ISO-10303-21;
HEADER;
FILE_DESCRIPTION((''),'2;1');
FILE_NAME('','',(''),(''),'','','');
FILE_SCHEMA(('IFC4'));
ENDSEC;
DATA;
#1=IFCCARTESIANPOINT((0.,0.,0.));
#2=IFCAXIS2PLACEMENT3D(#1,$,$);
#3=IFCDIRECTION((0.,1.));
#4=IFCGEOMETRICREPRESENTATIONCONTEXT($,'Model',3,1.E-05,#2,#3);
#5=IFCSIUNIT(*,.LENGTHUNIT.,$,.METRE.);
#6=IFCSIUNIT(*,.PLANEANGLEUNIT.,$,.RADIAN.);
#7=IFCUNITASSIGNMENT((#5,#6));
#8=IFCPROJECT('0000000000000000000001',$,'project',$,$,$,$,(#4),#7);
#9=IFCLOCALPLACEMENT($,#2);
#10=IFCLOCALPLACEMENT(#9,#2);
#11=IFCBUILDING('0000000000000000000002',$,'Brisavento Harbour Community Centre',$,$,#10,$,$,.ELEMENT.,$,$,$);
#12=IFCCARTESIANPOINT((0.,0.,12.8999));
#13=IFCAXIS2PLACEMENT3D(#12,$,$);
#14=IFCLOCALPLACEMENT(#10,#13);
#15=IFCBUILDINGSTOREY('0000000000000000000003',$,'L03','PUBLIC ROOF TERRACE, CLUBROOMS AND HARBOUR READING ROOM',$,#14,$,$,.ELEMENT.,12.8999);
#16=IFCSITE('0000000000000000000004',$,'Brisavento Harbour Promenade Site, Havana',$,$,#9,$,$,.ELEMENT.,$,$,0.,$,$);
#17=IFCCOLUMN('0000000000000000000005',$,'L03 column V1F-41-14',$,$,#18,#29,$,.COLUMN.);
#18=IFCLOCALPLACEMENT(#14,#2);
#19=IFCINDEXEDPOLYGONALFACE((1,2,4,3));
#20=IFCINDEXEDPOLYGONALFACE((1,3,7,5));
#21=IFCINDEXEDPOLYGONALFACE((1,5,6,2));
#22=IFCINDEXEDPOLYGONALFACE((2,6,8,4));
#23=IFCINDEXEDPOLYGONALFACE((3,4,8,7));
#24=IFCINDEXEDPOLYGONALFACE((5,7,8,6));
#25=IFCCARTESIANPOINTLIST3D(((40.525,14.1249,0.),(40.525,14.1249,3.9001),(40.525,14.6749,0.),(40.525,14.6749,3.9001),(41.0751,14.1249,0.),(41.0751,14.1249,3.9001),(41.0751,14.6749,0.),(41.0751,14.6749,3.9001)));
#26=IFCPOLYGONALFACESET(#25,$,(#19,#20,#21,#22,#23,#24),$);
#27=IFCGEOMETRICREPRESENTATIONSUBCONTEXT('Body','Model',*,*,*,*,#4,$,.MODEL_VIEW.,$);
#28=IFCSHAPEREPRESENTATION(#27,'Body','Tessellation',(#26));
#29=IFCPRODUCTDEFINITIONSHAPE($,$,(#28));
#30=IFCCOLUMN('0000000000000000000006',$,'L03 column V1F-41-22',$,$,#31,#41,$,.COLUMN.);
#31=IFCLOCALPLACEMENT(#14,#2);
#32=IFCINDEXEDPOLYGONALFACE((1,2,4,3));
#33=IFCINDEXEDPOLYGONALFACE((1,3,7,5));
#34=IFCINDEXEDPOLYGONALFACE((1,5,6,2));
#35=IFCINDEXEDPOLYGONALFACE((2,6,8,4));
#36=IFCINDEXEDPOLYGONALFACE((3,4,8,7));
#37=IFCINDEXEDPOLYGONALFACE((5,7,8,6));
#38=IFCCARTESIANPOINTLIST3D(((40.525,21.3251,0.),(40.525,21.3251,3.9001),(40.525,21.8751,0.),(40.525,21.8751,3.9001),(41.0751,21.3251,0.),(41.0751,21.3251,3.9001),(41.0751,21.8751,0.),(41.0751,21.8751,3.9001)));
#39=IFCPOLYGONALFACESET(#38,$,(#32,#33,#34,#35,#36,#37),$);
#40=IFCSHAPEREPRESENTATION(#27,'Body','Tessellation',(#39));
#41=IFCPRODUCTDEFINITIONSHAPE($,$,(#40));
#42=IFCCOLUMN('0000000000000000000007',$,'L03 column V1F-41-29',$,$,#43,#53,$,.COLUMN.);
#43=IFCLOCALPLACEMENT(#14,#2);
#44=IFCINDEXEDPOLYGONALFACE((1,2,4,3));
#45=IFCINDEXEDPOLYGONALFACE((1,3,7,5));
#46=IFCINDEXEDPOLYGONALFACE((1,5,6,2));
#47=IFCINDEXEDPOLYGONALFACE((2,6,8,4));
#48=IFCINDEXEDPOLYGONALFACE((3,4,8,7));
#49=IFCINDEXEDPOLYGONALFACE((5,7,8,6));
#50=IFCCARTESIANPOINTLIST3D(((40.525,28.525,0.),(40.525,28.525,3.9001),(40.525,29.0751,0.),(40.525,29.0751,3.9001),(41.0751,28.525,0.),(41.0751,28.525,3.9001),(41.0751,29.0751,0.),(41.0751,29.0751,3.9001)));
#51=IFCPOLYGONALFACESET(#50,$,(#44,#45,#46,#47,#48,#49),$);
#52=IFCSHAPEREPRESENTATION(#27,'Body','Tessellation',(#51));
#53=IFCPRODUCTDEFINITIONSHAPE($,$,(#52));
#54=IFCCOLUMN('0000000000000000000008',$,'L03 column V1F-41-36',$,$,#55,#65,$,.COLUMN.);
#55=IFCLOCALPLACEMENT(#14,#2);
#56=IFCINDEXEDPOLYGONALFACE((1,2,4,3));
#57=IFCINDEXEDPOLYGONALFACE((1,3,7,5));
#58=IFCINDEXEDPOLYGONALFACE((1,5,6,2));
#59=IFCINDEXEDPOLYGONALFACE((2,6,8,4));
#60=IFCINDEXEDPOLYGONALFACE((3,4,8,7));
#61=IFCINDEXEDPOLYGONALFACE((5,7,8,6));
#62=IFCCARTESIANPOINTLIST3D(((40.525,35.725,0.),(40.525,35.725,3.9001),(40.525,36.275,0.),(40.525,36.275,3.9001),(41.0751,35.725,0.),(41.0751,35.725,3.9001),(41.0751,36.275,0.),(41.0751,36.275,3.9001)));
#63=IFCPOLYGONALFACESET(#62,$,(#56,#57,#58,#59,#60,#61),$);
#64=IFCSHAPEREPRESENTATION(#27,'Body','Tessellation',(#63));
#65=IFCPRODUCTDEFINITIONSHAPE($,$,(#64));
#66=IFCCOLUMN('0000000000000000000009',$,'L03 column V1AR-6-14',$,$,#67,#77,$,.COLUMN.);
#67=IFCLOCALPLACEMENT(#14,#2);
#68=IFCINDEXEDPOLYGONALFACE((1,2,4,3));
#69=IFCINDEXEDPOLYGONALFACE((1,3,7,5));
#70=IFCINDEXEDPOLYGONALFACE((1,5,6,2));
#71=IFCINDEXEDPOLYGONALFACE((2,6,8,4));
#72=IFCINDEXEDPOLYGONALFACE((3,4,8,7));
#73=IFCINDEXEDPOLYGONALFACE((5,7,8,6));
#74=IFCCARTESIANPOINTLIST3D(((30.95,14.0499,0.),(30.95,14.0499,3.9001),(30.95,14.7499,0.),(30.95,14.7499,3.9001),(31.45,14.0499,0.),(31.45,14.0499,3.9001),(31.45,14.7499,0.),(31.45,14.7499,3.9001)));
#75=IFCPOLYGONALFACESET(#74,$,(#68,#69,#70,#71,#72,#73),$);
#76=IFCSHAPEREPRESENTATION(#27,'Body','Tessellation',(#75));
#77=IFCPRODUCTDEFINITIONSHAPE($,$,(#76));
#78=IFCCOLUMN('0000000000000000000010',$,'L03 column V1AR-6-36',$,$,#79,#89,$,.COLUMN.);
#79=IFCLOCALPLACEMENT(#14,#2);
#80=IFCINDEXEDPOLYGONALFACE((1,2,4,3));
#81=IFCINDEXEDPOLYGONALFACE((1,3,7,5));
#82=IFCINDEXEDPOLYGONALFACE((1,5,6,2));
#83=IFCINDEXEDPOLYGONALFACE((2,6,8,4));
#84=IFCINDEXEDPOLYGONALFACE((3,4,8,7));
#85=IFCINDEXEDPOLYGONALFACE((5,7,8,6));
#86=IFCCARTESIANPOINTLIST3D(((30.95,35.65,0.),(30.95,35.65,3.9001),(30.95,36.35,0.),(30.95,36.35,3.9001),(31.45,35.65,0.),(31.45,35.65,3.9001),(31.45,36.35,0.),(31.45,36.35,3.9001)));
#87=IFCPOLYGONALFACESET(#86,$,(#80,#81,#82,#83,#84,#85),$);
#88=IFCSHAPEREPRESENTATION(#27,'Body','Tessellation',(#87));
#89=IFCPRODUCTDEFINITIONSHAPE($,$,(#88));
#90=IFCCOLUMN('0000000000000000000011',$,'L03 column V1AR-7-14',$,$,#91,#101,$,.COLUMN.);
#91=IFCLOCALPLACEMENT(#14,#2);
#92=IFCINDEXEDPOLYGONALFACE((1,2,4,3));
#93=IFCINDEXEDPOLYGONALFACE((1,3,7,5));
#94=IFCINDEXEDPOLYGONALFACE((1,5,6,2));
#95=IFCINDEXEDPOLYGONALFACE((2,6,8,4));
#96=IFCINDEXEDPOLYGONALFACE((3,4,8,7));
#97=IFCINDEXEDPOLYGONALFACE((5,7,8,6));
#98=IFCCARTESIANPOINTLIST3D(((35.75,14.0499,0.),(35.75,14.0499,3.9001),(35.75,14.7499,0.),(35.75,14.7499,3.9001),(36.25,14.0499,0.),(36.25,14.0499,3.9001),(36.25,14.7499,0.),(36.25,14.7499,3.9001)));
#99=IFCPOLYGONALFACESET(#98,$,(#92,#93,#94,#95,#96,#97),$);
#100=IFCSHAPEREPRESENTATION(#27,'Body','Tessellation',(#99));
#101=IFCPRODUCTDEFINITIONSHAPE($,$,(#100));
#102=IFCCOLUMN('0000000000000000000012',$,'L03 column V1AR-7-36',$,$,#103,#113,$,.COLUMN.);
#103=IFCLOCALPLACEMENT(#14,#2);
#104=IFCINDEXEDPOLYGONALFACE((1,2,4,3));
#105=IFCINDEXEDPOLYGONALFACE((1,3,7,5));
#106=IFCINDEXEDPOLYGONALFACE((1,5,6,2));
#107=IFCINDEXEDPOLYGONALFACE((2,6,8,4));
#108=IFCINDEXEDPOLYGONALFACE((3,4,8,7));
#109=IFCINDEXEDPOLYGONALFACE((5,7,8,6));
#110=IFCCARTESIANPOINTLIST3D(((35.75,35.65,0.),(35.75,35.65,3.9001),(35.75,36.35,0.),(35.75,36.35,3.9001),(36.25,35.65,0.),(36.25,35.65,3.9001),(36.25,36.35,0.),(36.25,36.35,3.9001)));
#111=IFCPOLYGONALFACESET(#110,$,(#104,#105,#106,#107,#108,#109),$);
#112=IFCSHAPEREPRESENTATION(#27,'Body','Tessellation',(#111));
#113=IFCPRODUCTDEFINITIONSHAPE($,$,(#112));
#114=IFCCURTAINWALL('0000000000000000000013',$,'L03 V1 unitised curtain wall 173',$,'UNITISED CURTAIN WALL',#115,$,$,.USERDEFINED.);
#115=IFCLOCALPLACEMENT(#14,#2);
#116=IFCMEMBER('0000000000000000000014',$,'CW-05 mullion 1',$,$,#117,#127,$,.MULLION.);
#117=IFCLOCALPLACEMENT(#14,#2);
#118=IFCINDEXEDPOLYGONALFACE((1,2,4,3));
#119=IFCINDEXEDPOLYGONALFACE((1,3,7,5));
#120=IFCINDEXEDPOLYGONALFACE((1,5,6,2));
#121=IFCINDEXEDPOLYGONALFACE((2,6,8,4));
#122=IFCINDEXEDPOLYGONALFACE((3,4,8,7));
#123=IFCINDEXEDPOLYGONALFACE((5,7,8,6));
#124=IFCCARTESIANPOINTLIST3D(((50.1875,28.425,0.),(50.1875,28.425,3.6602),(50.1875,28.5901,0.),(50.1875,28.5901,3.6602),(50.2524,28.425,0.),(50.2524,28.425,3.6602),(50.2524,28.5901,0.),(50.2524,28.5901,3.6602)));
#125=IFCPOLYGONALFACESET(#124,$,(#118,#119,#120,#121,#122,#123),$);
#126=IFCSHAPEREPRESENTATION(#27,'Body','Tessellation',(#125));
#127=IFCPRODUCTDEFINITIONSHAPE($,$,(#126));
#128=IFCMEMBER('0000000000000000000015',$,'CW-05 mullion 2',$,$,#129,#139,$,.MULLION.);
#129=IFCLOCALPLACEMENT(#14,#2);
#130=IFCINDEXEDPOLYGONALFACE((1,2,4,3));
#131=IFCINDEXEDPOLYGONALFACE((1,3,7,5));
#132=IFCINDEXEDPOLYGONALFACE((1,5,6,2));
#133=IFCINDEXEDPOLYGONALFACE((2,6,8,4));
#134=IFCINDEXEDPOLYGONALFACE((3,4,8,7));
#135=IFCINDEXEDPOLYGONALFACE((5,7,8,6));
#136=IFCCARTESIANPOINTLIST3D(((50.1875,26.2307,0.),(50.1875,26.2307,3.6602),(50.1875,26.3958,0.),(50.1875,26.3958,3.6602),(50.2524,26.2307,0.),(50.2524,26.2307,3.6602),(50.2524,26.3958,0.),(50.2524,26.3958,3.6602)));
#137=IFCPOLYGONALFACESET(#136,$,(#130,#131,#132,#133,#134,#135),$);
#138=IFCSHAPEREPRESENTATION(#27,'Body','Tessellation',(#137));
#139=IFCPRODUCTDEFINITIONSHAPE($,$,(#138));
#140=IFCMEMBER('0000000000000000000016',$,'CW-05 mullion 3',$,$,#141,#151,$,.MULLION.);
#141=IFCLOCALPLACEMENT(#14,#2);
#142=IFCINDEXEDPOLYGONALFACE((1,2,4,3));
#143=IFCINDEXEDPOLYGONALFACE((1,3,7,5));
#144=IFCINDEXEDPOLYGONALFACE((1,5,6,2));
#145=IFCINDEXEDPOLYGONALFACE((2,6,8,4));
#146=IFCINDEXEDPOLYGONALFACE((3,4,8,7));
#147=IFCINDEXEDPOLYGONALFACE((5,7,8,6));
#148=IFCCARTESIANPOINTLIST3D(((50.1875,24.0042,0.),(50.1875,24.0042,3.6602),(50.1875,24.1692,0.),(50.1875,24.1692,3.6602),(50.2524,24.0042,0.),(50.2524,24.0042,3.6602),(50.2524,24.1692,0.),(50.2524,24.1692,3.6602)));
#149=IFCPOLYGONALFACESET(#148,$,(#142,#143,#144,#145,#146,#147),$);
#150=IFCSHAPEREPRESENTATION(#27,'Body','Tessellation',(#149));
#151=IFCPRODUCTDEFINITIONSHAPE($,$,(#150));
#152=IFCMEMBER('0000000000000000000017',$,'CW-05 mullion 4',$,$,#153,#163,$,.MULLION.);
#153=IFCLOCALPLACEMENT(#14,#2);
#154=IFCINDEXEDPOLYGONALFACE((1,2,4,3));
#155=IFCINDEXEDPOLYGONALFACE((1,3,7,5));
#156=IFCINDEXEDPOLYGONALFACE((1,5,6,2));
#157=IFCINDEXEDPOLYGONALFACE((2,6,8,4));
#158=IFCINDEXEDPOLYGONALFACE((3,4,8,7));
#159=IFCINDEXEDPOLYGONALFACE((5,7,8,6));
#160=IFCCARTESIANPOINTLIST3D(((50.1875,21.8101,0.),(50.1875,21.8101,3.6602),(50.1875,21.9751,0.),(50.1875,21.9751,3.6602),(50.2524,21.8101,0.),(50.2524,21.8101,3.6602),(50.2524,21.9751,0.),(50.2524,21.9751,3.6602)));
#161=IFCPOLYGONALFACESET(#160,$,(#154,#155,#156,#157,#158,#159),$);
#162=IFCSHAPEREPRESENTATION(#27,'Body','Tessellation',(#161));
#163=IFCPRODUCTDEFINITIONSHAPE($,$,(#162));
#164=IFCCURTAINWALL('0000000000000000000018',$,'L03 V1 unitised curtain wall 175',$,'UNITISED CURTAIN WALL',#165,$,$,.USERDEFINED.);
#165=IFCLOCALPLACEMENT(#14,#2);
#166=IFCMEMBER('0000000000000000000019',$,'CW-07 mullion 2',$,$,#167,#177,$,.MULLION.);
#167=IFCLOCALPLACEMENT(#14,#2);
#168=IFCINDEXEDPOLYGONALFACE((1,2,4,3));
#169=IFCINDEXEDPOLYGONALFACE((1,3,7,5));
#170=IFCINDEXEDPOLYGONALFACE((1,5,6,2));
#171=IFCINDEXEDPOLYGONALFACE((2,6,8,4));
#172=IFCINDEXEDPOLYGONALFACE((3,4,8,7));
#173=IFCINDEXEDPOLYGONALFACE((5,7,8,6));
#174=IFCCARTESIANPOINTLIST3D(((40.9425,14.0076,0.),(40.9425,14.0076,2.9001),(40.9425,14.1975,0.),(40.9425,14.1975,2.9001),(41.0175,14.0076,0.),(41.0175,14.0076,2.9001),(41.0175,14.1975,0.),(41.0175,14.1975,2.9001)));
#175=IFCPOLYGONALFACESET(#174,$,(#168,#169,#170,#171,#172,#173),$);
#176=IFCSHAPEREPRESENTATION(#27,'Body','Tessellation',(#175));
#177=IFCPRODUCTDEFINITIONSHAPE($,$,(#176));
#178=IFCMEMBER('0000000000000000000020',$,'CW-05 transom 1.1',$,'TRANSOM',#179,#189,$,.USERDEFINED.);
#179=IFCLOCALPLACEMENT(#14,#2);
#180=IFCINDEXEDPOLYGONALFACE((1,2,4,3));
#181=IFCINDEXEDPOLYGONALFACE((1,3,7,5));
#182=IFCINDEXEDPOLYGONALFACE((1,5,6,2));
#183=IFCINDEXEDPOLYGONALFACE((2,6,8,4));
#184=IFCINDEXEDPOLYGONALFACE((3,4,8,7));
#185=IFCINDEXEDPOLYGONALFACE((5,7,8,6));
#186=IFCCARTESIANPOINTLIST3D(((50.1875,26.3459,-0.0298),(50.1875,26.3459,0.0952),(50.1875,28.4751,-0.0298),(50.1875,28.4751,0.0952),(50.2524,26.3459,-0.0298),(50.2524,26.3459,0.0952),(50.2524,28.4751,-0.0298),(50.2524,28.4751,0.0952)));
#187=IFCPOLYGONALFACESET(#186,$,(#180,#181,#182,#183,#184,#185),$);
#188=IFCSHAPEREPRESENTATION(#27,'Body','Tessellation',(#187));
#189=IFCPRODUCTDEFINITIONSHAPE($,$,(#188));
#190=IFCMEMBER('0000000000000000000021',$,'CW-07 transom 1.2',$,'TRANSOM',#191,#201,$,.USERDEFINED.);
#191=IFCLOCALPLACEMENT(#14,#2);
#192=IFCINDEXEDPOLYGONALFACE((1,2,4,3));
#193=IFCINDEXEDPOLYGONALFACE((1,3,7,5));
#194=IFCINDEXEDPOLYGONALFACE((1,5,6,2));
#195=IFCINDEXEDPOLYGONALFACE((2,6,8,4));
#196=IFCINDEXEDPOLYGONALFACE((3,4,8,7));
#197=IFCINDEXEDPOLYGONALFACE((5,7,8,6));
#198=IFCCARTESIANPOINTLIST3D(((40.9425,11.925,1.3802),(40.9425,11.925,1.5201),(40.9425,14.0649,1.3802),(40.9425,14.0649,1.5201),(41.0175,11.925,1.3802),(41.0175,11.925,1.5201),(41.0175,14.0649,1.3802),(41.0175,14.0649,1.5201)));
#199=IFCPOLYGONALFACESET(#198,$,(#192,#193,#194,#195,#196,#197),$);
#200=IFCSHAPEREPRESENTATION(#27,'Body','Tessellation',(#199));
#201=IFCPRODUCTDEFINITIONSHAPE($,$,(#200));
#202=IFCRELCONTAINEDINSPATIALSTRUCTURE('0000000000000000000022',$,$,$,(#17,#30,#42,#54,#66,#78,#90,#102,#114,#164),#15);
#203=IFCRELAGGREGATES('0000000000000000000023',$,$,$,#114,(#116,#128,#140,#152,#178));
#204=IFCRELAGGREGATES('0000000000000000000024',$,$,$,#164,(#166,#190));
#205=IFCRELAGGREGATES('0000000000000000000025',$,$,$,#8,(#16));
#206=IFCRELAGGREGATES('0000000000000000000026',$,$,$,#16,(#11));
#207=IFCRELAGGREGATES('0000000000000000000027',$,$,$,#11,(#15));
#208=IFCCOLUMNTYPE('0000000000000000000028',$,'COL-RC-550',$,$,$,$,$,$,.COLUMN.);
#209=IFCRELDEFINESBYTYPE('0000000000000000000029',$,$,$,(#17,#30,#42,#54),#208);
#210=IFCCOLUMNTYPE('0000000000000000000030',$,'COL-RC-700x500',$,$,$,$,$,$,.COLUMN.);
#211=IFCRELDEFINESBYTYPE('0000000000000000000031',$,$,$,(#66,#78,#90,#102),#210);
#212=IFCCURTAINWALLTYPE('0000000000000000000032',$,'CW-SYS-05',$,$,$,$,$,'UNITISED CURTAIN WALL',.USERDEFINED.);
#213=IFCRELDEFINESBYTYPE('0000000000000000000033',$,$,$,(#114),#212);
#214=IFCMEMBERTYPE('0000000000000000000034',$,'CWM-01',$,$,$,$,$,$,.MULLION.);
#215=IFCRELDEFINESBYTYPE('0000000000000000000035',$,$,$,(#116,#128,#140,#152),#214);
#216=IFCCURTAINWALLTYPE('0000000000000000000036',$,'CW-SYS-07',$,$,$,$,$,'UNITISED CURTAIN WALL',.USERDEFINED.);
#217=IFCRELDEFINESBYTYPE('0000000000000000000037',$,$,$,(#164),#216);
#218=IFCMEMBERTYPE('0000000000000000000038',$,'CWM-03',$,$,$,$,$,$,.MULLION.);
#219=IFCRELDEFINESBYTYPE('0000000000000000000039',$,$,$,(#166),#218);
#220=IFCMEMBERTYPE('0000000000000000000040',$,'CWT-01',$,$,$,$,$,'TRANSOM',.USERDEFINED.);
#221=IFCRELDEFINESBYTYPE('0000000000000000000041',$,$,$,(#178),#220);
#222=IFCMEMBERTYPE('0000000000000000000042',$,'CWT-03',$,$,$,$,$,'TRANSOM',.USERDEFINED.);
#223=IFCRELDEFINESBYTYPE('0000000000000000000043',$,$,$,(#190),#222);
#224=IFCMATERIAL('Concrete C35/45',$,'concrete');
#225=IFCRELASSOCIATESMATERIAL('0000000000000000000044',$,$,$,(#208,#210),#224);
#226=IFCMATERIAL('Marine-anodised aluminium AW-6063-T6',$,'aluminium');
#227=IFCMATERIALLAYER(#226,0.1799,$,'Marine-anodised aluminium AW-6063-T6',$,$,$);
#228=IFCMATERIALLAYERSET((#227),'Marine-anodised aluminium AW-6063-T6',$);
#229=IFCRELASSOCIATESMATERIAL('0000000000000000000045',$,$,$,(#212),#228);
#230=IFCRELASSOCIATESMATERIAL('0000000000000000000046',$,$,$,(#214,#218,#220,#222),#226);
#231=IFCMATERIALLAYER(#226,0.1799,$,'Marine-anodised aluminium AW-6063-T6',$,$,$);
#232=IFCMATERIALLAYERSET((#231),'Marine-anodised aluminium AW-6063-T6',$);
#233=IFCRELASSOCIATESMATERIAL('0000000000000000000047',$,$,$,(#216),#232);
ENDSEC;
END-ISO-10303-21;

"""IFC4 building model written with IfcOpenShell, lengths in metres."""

from ifc_helpers import new_model, si_unit, direction, frame, origin, origin_2d, place, context, subcontext, project, spatial, rectangle, extrude, material, layer, layer_set, material_profile, profile_set, type_object, element, aggregate, save


model = new_model("IFC4")

# Units and contexts
model_context = context("Model", 3, precision=1e-05, world=origin(), true_north=direction((0.0, 1.0)))
body_context = subcontext(model_context, "Body", "Model", "MODEL_VIEW")
ifc_project = project(units=[si_unit("LENGTHUNIT", "METRE"), si_unit("PLANEANGLEUNIT", "RADIAN")], contexts=[model_context])

# Site, building, storey
site_placement = place(None, origin())
site = spatial("IfcSite", under=ifc_project, at=site_placement, Name="Brisavento Harbour Promenade Site, Havana", CompositionType="ELEMENT", RefElevation=0.0)
building_placement = place(site_placement, origin())
building = spatial("IfcBuilding", under=site, at=building_placement, Name="Brisavento Harbour Community Centre", CompositionType="ELEMENT")
storey_placement = place(building_placement, frame((0.0, 0.0, 12.8999)))
storey = spatial("IfcBuildingStorey", under=building, at=storey_placement, Name="L03", Description="PUBLIC ROOF TERRACE, CLUBROOMS AND HARBOUR READING ROOM", CompositionType="ELEMENT", Elevation=12.8999)

# Columns
ifc_material_1 = material(Name="Concrete C35/45", Category="concrete")
ifc_material_profile_1 = material_profile(ifc_material_1, rectangle(XDim=0.55, YDim=0.55, at=origin_2d()), Name="Concrete C35/45")
ifc_profile_set_1 = profile_set([ifc_material_profile_1], Name="Concrete C35/45")
column_type_1 = type_object("IfcColumnType", Name="COL-RC-550", PredefinedType="COLUMN", material=ifc_profile_set_1)
for number, where, z_axis, x_axis, name in (
    (1, (40.8, 14.3999, 0.0), (0.0, 0.0, 1.0), (1.0, 0.0, 0.0), "L03 column V1F-41-14"),
    (2, (40.8, 21.6001, 0.0), (0.0, 0.0, 1.0), (1.0, 0.0, 0.0), "L03 column V1F-41-22"),
    (3, (40.8, 28.8, 0.0), (0.0, 0.0, 1.0), (1.0, 0.0, 0.0), "L03 column V1F-41-29"),
    (4, (40.8, 36.0, 0.0), (0.0, 0.0, 1.0), (1.0, 0.0, 0.0), "L03 column V1F-41-36"),
):
    element("IfcColumn", number, at=place(storey_placement, frame(where, z_axis=z_axis, x_axis=x_axis)), inside=storey, type_object=column_type_1, Name=name, PredefinedType="COLUMN", context=body_context, shape_type="SweptSolid", body=[
        extrude(rectangle(XDim=0.55, YDim=0.55, at=origin_2d()), origin(), (0.0, 0.0, 1.0), 3.9001),
    ])
ifc_material_profile_2 = material_profile(ifc_material_1, rectangle(XDim=0.5, YDim=0.7, at=origin_2d()), Name="Concrete C35/45")
ifc_profile_set_2 = profile_set([ifc_material_profile_2], Name="Concrete C35/45")
column_type_2 = type_object("IfcColumnType", Name="COL-RC-700x500", PredefinedType="COLUMN", material=ifc_profile_set_2)
for number, where, z_axis, x_axis, name in (
    (5, (31.2, 14.3999, 0.0), (0.0, 0.0, 1.0), (1.0, 0.0, 0.0), "L03 column V1AR-6-14"),
    (6, (31.2, 36.0, 0.0), (0.0, 0.0, 1.0), (1.0, 0.0, 0.0), "L03 column V1AR-6-36"),
    (7, (36.0, 14.3999, 0.0), (0.0, 0.0, 1.0), (1.0, 0.0, 0.0), "L03 column V1AR-7-14"),
    (8, (36.0, 36.0, 0.0), (0.0, 0.0, 1.0), (1.0, 0.0, 0.0), "L03 column V1AR-7-36"),
):
    element("IfcColumn", number, at=place(storey_placement, frame(where, z_axis=z_axis, x_axis=x_axis)), inside=storey, type_object=column_type_2, Name=name, PredefinedType="COLUMN", context=body_context, shape_type="SweptSolid", body=[
        extrude(rectangle(XDim=0.5, YDim=0.7, at=origin_2d()), origin(), (0.0, 0.0, 1.0), 3.9001),
    ])

# Curtain wall, members
ifc_material_2 = material(Name="Marine-anodised aluminium AW-6063-T6", Category="aluminium")
ifc_layer_1 = layer(ifc_material_2, 0.1799, Name="Marine-anodised aluminium AW-6063-T6")
ifc_layer_set_1 = layer_set([ifc_layer_1], Name="Marine-anodised aluminium AW-6063-T6")
curtain_wall_type_1 = type_object("IfcCurtainWallType", Name="CW-SYS-05", ElementType="UNITISED CURTAIN WALL", PredefinedType="USERDEFINED", material=ifc_layer_set_1)
curtain_wall_1_placement = place(storey_placement, origin())
curtain_wall_1 = element("IfcCurtainWall", 9, at=curtain_wall_1_placement, inside=storey, type_object=curtain_wall_type_1, Name="L03 V1 unitised curtain wall 173", ObjectType="UNITISED CURTAIN WALL", PredefinedType="USERDEFINED")
ifc_material_profile_3 = material_profile(ifc_material_2, rectangle(XDim=0.0649, YDim=0.165, at=origin_2d()), Name="Marine-anodised aluminium AW-6063-T6")
ifc_profile_set_3 = profile_set([ifc_material_profile_3], Name="Marine-anodised aluminium AW-6063-T6")
member_type_1 = type_object("IfcMemberType", Name="CWM-01", PredefinedType="MULLION", material=ifc_profile_set_3)
member_1_placement = place(storey_placement, frame((50.22, 28.5076, 0.0), z_axis=(0.0, 0.0, 1.0), x_axis=(1.0, 0.0, 0.0)))
member_1 = element("IfcMember", 10, at=member_1_placement, type_object=member_type_1, Name="CW-05 mullion 1", PredefinedType="MULLION", context=body_context, shape_type="SweptSolid", body=[
    extrude(rectangle(XDim=0.0649, YDim=0.165, at=origin_2d()), origin(), (0.0, 0.0, 1.0), 3.6602),
])
member_2_placement = place(storey_placement, frame((50.22, 26.3132, 0.0), z_axis=(0.0, 0.0, 1.0), x_axis=(1.0, 0.0, 0.0)))
member_2 = element("IfcMember", 11, at=member_2_placement, type_object=member_type_1, Name="CW-05 mullion 2", PredefinedType="MULLION", context=body_context, shape_type="SweptSolid", body=[
    extrude(rectangle(XDim=0.0649, YDim=0.165, at=origin_2d()), origin(), (0.0, 0.0, 1.0), 3.6602),
])
member_3_placement = place(storey_placement, frame((50.22, 24.0867, 0.0), z_axis=(0.0, 0.0, 1.0), x_axis=(1.0, 0.0, 0.0)))
member_3 = element("IfcMember", 12, at=member_3_placement, type_object=member_type_1, Name="CW-05 mullion 3", PredefinedType="MULLION", context=body_context, shape_type="SweptSolid", body=[
    extrude(rectangle(XDim=0.0649, YDim=0.165, at=origin_2d()), origin(), (0.0, 0.0, 1.0), 3.6602),
])
member_4_placement = place(storey_placement, frame((50.22, 21.8926, 0.0), z_axis=(0.0, 0.0, 1.0), x_axis=(1.0, 0.0, 0.0)))
member_4 = element("IfcMember", 13, at=member_4_placement, type_object=member_type_1, Name="CW-05 mullion 4", PredefinedType="MULLION", context=body_context, shape_type="SweptSolid", body=[
    extrude(rectangle(XDim=0.0649, YDim=0.165, at=origin_2d()), origin(), (0.0, 0.0, 1.0), 3.6602),
])

# Curtain wall, member
ifc_layer_2 = layer(ifc_material_2, 0.1799, Name="Marine-anodised aluminium AW-6063-T6")
ifc_layer_set_2 = layer_set([ifc_layer_2], Name="Marine-anodised aluminium AW-6063-T6")
curtain_wall_type_2 = type_object("IfcCurtainWallType", Name="CW-SYS-07", ElementType="UNITISED CURTAIN WALL", PredefinedType="USERDEFINED", material=ifc_layer_set_2)
curtain_wall_2_placement = place(storey_placement, origin())
curtain_wall_2 = element("IfcCurtainWall", 14, at=curtain_wall_2_placement, inside=storey, type_object=curtain_wall_type_2, Name="L03 V1 unitised curtain wall 175", ObjectType="UNITISED CURTAIN WALL", PredefinedType="USERDEFINED")
ifc_material_profile_4 = material_profile(ifc_material_2, rectangle(XDim=0.075, YDim=0.1899, at=origin_2d()), Name="Marine-anodised aluminium AW-6063-T6")
ifc_profile_set_4 = profile_set([ifc_material_profile_4], Name="Marine-anodised aluminium AW-6063-T6")
member_type_2 = type_object("IfcMemberType", Name="CWM-03", PredefinedType="MULLION", material=ifc_profile_set_4)
member_5_placement = place(storey_placement, frame((40.98, 14.1025, 0.0), z_axis=(0.0, 0.0, 1.0), x_axis=(-1.0, 0.0, 0.0)))
member_5 = element("IfcMember", 15, at=member_5_placement, type_object=member_type_2, Name="CW-07 mullion 2", PredefinedType="MULLION", context=body_context, shape_type="SweptSolid", body=[
    extrude(rectangle(XDim=0.075, YDim=0.1899, at=origin_2d()), origin(), (0.0, 0.0, 1.0), 2.9001),
])

# Members
ifc_material_profile_5 = material_profile(ifc_material_2, rectangle(XDim=0.0649, YDim=0.125, at=origin_2d()), Name="Marine-anodised aluminium AW-6063-T6")
ifc_profile_set_5 = profile_set([ifc_material_profile_5], Name="Marine-anodised aluminium AW-6063-T6")
member_type_3 = type_object("IfcMemberType", Name="CWT-01", ElementType="TRANSOM", PredefinedType="USERDEFINED", material=ifc_profile_set_5)
member_6_placement = place(storey_placement, frame((50.22, 28.4751, 0.0327), z_axis=(0.0, -1.0, 0.0), x_axis=(1.0, 0.0, 0.0)))
member_6 = element("IfcMember", 16, at=member_6_placement, type_object=member_type_3, Name="CW-05 transom 1.1", ObjectType="TRANSOM", PredefinedType="USERDEFINED", context=body_context, shape_type="SweptSolid", body=[
    extrude(rectangle(XDim=0.0649, YDim=0.125, at=origin_2d()), origin(), (0.0, 0.0, 1.0), 2.1292),
])
aggregate(curtain_wall_1, [member_1, member_2, member_3, member_4, member_6])
ifc_material_profile_6 = material_profile(ifc_material_2, rectangle(XDim=0.075, YDim=0.1399, at=origin_2d()), Name="Marine-anodised aluminium AW-6063-T6")
ifc_profile_set_6 = profile_set([ifc_material_profile_6], Name="Marine-anodised aluminium AW-6063-T6")
member_type_4 = type_object("IfcMemberType", Name="CWT-03", ElementType="TRANSOM", PredefinedType="USERDEFINED", material=ifc_profile_set_6)
member_7_placement = place(storey_placement, frame((40.98, 11.925, 1.4502), z_axis=(0.0, 1.0, 0.0), x_axis=(-1.0, 0.0, 0.0)))
member_7 = element("IfcMember", 17, at=member_7_placement, type_object=member_type_4, Name="CW-07 transom 1.2", ObjectType="TRANSOM", PredefinedType="USERDEFINED", context=body_context, shape_type="SweptSolid", body=[
    extrude(rectangle(XDim=0.075, YDim=0.1399, at=origin_2d()), origin(), (0.0, 0.0, 1.0), 2.1399),
])

aggregate(curtain_wall_2, [member_5, member_7])

save(model, "model.ifc")
